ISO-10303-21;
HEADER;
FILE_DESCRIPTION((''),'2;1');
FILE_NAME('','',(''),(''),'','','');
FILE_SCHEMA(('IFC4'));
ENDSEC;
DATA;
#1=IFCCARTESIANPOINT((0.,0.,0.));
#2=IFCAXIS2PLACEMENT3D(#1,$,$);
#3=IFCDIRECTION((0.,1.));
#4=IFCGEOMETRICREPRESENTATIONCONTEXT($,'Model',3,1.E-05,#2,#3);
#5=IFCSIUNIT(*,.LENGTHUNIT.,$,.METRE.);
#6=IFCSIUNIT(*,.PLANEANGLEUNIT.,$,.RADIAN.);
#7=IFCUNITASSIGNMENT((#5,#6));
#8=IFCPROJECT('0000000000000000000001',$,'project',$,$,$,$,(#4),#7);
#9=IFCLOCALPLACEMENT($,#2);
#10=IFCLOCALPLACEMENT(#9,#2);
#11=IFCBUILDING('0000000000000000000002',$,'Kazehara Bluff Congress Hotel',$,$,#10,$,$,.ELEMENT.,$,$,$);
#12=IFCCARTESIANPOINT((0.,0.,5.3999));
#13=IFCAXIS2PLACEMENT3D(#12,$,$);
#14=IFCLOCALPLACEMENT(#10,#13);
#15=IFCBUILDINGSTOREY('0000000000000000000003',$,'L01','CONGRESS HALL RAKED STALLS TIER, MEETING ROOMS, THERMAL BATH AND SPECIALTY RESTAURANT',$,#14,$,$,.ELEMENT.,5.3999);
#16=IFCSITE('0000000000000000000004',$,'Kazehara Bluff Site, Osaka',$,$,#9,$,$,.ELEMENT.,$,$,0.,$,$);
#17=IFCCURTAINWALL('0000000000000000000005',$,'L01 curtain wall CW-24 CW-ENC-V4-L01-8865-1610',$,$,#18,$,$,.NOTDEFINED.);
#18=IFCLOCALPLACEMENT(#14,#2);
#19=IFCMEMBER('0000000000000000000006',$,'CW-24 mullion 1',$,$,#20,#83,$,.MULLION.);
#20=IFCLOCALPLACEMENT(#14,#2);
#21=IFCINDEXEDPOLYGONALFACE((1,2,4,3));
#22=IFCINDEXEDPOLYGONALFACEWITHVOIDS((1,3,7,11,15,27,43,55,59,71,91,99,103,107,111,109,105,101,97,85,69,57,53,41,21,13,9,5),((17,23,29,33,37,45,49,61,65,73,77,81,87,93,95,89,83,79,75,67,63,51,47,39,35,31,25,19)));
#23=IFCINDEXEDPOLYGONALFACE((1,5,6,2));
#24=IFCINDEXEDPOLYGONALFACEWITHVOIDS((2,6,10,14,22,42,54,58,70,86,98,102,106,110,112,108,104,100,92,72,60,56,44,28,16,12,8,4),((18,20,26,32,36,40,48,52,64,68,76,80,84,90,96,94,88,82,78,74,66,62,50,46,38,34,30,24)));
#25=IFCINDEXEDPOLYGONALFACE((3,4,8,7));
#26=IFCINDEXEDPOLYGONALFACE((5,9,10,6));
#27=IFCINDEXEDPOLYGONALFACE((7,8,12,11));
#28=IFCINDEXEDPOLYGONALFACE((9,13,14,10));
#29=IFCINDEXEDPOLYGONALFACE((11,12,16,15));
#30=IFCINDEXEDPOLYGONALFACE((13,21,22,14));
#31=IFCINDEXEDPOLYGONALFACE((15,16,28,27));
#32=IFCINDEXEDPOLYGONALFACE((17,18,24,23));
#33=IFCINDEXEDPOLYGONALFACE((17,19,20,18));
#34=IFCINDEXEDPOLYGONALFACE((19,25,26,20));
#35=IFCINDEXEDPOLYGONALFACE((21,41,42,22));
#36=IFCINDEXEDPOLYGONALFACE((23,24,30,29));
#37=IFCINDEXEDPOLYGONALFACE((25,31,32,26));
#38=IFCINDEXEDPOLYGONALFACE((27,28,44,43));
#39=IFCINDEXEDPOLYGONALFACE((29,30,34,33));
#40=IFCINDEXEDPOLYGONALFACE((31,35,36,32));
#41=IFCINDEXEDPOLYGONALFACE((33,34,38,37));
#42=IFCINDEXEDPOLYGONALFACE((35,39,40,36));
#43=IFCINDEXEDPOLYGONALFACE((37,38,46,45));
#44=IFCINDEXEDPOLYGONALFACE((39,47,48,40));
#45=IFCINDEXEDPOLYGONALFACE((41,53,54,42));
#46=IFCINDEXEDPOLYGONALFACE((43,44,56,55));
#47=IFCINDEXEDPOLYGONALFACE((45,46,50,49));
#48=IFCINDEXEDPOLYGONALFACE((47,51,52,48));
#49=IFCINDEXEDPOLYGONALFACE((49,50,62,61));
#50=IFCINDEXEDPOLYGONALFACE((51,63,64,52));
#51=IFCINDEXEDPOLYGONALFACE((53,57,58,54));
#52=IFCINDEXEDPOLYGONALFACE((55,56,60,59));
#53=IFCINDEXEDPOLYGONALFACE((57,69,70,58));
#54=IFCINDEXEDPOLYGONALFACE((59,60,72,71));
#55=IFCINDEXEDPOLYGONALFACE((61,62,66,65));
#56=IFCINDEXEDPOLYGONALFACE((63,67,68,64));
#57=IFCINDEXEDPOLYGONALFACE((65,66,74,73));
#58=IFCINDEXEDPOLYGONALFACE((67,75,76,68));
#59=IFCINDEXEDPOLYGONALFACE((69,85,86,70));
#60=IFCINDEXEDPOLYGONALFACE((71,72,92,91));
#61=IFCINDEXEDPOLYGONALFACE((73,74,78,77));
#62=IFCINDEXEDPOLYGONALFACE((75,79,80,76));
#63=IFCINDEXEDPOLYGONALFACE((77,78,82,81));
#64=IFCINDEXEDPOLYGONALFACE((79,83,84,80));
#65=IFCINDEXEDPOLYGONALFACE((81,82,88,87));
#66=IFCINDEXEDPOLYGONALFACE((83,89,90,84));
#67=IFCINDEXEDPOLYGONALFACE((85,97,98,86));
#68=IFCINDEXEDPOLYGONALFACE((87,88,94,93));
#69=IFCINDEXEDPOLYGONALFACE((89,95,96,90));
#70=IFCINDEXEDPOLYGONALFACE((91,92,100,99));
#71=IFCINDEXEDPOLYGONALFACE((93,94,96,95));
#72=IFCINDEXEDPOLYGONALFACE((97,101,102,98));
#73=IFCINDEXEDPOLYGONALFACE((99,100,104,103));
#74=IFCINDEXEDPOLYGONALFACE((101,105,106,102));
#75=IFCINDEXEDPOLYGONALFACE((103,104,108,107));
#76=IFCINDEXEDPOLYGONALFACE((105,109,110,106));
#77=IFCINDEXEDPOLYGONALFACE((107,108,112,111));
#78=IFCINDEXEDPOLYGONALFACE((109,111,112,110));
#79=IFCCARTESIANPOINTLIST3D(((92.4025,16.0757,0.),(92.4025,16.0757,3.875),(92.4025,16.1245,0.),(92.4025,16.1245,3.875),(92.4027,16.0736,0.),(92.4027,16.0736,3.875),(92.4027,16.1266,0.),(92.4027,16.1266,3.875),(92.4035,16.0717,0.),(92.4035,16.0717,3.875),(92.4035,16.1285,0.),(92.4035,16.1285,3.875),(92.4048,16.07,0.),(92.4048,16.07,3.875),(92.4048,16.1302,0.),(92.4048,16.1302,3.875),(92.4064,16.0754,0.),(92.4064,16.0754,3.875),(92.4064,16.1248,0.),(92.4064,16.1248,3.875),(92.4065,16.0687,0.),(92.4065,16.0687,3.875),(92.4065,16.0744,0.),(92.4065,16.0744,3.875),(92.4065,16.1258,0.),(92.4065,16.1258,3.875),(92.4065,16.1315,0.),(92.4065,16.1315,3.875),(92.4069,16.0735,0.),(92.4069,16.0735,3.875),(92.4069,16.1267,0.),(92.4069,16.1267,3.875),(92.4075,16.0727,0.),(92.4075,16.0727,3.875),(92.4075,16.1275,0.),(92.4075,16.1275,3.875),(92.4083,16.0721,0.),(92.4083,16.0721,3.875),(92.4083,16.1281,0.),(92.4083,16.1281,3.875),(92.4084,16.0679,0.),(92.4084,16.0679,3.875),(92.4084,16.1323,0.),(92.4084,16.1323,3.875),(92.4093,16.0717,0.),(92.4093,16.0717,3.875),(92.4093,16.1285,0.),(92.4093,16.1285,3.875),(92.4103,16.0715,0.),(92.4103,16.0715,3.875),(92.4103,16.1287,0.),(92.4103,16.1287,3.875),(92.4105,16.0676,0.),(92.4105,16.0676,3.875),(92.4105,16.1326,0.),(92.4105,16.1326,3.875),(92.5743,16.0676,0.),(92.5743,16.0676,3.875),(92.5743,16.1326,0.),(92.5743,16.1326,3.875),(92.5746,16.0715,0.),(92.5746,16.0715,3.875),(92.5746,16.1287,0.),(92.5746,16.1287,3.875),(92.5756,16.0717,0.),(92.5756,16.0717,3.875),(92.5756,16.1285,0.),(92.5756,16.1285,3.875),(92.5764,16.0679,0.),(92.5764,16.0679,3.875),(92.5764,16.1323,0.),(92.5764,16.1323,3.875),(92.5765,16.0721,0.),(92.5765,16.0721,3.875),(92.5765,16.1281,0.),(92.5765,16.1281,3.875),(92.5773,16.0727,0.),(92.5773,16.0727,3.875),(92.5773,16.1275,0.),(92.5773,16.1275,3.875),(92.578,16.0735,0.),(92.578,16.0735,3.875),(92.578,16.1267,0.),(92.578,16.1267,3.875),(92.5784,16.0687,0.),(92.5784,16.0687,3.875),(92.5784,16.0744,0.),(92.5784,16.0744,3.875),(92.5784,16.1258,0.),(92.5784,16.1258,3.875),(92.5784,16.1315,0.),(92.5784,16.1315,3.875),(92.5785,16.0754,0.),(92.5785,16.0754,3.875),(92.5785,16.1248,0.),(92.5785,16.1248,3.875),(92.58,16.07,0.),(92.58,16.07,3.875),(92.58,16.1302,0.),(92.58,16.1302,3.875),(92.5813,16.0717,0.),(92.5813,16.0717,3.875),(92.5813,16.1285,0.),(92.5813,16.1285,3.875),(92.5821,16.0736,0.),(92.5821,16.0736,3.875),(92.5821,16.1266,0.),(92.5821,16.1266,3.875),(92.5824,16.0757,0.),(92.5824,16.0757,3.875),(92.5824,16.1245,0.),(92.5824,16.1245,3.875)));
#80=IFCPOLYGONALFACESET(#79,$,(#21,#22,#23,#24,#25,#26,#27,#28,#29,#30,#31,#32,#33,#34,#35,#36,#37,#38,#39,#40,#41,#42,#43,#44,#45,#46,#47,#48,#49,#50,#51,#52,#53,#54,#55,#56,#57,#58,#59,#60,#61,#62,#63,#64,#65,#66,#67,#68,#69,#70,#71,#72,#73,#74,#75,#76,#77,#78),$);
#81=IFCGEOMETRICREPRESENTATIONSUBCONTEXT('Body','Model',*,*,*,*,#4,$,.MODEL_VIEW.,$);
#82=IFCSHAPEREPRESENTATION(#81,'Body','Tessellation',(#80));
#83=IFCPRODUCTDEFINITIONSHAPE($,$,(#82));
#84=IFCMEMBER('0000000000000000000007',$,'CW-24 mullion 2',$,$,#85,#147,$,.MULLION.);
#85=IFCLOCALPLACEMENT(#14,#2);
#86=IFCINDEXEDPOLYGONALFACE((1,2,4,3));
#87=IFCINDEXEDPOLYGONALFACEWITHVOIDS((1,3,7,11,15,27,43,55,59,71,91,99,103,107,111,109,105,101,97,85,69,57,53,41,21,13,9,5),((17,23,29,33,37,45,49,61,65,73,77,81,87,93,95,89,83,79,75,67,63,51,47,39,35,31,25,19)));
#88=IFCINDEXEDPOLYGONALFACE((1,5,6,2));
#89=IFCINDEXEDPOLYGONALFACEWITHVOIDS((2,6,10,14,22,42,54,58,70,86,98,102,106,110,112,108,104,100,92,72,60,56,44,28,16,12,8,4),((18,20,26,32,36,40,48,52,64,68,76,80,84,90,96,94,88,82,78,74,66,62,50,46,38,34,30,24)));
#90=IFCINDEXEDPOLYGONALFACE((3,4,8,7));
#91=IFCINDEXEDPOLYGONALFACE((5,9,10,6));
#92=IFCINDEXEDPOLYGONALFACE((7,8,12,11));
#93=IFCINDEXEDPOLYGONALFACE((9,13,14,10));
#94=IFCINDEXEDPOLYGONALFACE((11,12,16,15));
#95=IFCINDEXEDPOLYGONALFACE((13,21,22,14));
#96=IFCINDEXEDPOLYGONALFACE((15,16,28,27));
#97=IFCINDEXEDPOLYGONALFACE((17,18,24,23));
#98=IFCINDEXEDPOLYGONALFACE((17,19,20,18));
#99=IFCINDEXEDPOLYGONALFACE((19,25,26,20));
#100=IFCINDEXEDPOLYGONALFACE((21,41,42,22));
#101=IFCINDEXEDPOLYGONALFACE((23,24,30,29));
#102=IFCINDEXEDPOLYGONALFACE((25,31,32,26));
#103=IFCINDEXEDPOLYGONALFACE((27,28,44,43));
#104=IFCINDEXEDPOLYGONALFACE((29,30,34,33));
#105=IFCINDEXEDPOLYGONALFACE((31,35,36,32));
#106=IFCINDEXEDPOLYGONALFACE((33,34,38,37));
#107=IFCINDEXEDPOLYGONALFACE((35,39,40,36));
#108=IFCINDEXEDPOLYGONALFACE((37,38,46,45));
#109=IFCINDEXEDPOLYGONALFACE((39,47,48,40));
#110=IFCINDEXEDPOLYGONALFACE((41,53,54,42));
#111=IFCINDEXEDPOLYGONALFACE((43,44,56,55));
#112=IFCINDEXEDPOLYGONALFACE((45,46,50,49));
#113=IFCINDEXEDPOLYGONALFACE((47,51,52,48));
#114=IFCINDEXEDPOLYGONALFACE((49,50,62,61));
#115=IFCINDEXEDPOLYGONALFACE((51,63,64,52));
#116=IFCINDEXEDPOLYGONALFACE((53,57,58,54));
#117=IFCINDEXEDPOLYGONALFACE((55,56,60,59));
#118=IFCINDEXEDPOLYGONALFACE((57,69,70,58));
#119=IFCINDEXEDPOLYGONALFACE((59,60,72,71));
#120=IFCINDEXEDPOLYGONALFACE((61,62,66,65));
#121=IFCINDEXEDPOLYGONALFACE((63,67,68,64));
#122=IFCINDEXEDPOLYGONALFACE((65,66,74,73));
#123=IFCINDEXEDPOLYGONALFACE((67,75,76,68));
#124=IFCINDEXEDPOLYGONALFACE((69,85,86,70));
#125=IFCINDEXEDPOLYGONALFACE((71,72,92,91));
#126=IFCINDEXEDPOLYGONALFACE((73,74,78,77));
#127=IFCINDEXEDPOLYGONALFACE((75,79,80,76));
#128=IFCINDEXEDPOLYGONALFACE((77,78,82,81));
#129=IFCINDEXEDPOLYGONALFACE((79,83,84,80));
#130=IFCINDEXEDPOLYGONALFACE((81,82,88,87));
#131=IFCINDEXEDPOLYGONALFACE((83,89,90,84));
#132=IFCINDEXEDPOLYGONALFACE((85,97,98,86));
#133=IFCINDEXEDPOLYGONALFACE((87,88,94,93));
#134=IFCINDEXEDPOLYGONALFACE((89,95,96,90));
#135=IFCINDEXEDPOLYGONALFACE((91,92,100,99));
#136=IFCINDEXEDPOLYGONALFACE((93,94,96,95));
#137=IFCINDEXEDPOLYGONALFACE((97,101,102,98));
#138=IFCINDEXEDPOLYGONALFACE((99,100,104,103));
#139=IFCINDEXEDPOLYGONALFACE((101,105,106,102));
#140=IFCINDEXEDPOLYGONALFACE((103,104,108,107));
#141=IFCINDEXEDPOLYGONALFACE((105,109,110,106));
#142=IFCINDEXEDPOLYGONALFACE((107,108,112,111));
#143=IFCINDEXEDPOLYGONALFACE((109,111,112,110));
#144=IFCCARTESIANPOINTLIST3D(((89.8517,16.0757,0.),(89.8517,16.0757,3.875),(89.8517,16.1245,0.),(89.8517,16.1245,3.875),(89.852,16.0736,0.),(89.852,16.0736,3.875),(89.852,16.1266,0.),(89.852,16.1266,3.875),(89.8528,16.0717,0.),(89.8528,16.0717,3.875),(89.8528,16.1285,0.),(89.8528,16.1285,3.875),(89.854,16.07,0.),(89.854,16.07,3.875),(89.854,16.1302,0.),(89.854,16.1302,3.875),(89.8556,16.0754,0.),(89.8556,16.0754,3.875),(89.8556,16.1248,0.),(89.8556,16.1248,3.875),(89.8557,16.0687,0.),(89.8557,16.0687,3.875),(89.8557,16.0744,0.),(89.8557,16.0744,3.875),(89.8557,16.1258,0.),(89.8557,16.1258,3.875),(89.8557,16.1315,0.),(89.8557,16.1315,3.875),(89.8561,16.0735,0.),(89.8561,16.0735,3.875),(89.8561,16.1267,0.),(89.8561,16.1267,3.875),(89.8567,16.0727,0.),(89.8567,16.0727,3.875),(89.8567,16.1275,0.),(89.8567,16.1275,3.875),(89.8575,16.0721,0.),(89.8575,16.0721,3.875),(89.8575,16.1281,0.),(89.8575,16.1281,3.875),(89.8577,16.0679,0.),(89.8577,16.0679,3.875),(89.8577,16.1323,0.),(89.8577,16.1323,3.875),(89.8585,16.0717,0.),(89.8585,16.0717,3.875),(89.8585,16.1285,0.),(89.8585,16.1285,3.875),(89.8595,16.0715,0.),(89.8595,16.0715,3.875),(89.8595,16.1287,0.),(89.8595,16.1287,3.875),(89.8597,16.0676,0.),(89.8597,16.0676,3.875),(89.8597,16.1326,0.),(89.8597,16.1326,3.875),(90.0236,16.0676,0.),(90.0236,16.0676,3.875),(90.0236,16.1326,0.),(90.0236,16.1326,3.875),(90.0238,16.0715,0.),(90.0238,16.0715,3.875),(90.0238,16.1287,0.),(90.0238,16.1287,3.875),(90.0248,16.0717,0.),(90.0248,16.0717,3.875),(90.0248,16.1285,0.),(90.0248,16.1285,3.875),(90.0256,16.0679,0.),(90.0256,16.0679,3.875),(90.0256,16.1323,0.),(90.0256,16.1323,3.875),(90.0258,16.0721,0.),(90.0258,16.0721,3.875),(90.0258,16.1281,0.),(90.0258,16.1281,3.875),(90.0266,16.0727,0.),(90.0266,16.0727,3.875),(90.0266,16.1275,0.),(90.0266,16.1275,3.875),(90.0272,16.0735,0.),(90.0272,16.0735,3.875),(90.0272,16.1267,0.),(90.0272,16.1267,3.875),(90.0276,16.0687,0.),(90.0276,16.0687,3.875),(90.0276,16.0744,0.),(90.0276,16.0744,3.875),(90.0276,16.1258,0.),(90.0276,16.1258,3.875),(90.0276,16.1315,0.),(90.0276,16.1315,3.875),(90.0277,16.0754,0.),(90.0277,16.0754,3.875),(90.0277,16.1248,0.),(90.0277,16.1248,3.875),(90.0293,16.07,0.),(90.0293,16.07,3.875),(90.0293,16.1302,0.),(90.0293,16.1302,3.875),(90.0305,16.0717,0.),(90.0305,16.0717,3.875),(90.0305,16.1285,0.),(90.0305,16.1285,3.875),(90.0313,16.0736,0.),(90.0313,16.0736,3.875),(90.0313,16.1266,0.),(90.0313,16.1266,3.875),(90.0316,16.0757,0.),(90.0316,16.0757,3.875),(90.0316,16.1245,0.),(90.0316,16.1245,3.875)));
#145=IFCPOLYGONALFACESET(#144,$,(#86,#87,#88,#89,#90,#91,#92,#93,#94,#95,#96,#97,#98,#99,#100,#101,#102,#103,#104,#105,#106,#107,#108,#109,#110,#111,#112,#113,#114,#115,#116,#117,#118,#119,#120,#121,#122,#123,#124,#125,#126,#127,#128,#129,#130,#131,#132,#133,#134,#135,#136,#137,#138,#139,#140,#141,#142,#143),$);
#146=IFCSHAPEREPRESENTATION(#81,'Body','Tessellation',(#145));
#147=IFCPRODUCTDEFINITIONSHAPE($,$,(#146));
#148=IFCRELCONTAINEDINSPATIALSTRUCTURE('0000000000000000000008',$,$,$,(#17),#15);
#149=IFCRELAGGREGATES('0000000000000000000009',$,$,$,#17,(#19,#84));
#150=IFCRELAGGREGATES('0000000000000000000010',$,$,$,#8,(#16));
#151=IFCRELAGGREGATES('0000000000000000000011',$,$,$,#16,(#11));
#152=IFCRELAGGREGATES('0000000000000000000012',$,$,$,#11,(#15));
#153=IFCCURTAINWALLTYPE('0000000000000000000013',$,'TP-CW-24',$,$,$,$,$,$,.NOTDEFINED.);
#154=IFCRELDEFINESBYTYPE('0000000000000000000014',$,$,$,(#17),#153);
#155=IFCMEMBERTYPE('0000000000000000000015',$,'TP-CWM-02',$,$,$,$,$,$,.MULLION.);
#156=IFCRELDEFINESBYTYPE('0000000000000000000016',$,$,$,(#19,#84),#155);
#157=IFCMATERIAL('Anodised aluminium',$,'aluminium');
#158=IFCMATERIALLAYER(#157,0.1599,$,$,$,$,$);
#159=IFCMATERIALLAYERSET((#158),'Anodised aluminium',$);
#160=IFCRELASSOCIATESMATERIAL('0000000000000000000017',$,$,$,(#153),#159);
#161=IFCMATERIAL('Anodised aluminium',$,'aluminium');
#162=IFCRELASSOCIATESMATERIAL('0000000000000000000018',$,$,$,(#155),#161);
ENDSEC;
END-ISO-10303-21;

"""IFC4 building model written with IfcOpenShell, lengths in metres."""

from ifc_helpers import new_model, si_unit, direction, frame, origin, origin_2d, place, context, subcontext, project, spatial, hollow_rectangle, extrude, material, layer, layer_set, material_profile, profile_set, type_object, element, aggregate, save


model = new_model("IFC4")

# Units and contexts
model_context = context("Model", 3, precision=1e-05, world=origin(), true_north=direction((0.0, 1.0)))
body_context = subcontext(model_context, "Body", "Model", "MODEL_VIEW")
ifc_project = project(units=[si_unit("LENGTHUNIT", "METRE"), si_unit("PLANEANGLEUNIT", "RADIAN")], contexts=[model_context])

# Site, building, storey
site_placement = place(None, origin())
site = spatial("IfcSite", under=ifc_project, at=site_placement, Name="Kazehara Bluff Site, Osaka", CompositionType="ELEMENT", RefElevation=0.0)
building_placement = place(site_placement, origin())
building = spatial("IfcBuilding", under=site, at=building_placement, Name="Kazehara Bluff Congress Hotel", CompositionType="ELEMENT")
storey_placement = place(building_placement, frame((0.0, 0.0, 5.3999)))
storey = spatial("IfcBuildingStorey", under=building, at=storey_placement, Name="L01", Description="CONGRESS HALL RAKED STALLS TIER, MEETING ROOMS, THERMAL BATH AND SPECIALTY RESTAURANT", CompositionType="ELEMENT", Elevation=5.3999)

# Curtain wall, members
ifc_material_1 = material(Name="Anodised aluminium", Category="aluminium")
ifc_layer_1 = layer(ifc_material_1, 0.1599)
ifc_layer_set_1 = layer_set([ifc_layer_1], Name="Anodised aluminium")
curtain_wall_type = type_object("IfcCurtainWallType", Name="TP-CW-24", PredefinedType="NOTDEFINED", material=ifc_layer_set_1)
curtain_wall_1_placement = place(storey_placement, origin())
curtain_wall_1 = element("IfcCurtainWall", 1, at=curtain_wall_1_placement, inside=storey, type_object=curtain_wall_type, Name="L01 curtain wall CW-24 CW-ENC-V4-L01-8865-1610", PredefinedType="NOTDEFINED")
ifc_material_2 = material(Name="Anodised aluminium", Category="aluminium")
ifc_material_profile_1 = material_profile(ifc_material_2, hollow_rectangle(XDim=0.0649, YDim=0.1799, WallThickness=0.0039, InnerFilletRadius=0.0039, OuterFilletRadius=0.0081, at=origin_2d()))
ifc_profile_set_1 = profile_set([ifc_material_profile_1], Name="Anodised aluminium")
member_type_1 = type_object("IfcMemberType", Name="TP-CWM-02", PredefinedType="MULLION", material=ifc_profile_set_1)
member_1_placement = place(storey_placement, frame((92.4924, 16.1001, 0.0), z_axis=(0.0, 0.0, 1.0), x_axis=(0.0, -1.0, 0.0)))
member_1 = element("IfcMember", 2, at=member_1_placement, type_object=member_type_1, Name="CW-24 mullion 1", PredefinedType="MULLION", context=body_context, shape_type="SweptSolid", body=[
    extrude(hollow_rectangle(XDim=0.0649, YDim=0.1799, WallThickness=0.0039, InnerFilletRadius=0.0039, OuterFilletRadius=0.0081, at=origin_2d()), origin(), (0.0, 0.0, 1.0), 3.875),
])
member_2_placement = place(storey_placement, frame((89.9417, 16.1001, 0.0), z_axis=(0.0, 0.0, 1.0), x_axis=(0.0, -1.0, 0.0)))
member_2 = element("IfcMember", 3, at=member_2_placement, type_object=member_type_1, Name="CW-24 mullion 2", PredefinedType="MULLION", context=body_context, shape_type="SweptSolid", body=[
    extrude(hollow_rectangle(XDim=0.0649, YDim=0.1799, WallThickness=0.0039, InnerFilletRadius=0.0039, OuterFilletRadius=0.0081, at=origin_2d()), origin(), (0.0, 0.0, 1.0), 3.875),
])

aggregate(curtain_wall_1, [member_1, member_2])

save(model, "model.ifc")
